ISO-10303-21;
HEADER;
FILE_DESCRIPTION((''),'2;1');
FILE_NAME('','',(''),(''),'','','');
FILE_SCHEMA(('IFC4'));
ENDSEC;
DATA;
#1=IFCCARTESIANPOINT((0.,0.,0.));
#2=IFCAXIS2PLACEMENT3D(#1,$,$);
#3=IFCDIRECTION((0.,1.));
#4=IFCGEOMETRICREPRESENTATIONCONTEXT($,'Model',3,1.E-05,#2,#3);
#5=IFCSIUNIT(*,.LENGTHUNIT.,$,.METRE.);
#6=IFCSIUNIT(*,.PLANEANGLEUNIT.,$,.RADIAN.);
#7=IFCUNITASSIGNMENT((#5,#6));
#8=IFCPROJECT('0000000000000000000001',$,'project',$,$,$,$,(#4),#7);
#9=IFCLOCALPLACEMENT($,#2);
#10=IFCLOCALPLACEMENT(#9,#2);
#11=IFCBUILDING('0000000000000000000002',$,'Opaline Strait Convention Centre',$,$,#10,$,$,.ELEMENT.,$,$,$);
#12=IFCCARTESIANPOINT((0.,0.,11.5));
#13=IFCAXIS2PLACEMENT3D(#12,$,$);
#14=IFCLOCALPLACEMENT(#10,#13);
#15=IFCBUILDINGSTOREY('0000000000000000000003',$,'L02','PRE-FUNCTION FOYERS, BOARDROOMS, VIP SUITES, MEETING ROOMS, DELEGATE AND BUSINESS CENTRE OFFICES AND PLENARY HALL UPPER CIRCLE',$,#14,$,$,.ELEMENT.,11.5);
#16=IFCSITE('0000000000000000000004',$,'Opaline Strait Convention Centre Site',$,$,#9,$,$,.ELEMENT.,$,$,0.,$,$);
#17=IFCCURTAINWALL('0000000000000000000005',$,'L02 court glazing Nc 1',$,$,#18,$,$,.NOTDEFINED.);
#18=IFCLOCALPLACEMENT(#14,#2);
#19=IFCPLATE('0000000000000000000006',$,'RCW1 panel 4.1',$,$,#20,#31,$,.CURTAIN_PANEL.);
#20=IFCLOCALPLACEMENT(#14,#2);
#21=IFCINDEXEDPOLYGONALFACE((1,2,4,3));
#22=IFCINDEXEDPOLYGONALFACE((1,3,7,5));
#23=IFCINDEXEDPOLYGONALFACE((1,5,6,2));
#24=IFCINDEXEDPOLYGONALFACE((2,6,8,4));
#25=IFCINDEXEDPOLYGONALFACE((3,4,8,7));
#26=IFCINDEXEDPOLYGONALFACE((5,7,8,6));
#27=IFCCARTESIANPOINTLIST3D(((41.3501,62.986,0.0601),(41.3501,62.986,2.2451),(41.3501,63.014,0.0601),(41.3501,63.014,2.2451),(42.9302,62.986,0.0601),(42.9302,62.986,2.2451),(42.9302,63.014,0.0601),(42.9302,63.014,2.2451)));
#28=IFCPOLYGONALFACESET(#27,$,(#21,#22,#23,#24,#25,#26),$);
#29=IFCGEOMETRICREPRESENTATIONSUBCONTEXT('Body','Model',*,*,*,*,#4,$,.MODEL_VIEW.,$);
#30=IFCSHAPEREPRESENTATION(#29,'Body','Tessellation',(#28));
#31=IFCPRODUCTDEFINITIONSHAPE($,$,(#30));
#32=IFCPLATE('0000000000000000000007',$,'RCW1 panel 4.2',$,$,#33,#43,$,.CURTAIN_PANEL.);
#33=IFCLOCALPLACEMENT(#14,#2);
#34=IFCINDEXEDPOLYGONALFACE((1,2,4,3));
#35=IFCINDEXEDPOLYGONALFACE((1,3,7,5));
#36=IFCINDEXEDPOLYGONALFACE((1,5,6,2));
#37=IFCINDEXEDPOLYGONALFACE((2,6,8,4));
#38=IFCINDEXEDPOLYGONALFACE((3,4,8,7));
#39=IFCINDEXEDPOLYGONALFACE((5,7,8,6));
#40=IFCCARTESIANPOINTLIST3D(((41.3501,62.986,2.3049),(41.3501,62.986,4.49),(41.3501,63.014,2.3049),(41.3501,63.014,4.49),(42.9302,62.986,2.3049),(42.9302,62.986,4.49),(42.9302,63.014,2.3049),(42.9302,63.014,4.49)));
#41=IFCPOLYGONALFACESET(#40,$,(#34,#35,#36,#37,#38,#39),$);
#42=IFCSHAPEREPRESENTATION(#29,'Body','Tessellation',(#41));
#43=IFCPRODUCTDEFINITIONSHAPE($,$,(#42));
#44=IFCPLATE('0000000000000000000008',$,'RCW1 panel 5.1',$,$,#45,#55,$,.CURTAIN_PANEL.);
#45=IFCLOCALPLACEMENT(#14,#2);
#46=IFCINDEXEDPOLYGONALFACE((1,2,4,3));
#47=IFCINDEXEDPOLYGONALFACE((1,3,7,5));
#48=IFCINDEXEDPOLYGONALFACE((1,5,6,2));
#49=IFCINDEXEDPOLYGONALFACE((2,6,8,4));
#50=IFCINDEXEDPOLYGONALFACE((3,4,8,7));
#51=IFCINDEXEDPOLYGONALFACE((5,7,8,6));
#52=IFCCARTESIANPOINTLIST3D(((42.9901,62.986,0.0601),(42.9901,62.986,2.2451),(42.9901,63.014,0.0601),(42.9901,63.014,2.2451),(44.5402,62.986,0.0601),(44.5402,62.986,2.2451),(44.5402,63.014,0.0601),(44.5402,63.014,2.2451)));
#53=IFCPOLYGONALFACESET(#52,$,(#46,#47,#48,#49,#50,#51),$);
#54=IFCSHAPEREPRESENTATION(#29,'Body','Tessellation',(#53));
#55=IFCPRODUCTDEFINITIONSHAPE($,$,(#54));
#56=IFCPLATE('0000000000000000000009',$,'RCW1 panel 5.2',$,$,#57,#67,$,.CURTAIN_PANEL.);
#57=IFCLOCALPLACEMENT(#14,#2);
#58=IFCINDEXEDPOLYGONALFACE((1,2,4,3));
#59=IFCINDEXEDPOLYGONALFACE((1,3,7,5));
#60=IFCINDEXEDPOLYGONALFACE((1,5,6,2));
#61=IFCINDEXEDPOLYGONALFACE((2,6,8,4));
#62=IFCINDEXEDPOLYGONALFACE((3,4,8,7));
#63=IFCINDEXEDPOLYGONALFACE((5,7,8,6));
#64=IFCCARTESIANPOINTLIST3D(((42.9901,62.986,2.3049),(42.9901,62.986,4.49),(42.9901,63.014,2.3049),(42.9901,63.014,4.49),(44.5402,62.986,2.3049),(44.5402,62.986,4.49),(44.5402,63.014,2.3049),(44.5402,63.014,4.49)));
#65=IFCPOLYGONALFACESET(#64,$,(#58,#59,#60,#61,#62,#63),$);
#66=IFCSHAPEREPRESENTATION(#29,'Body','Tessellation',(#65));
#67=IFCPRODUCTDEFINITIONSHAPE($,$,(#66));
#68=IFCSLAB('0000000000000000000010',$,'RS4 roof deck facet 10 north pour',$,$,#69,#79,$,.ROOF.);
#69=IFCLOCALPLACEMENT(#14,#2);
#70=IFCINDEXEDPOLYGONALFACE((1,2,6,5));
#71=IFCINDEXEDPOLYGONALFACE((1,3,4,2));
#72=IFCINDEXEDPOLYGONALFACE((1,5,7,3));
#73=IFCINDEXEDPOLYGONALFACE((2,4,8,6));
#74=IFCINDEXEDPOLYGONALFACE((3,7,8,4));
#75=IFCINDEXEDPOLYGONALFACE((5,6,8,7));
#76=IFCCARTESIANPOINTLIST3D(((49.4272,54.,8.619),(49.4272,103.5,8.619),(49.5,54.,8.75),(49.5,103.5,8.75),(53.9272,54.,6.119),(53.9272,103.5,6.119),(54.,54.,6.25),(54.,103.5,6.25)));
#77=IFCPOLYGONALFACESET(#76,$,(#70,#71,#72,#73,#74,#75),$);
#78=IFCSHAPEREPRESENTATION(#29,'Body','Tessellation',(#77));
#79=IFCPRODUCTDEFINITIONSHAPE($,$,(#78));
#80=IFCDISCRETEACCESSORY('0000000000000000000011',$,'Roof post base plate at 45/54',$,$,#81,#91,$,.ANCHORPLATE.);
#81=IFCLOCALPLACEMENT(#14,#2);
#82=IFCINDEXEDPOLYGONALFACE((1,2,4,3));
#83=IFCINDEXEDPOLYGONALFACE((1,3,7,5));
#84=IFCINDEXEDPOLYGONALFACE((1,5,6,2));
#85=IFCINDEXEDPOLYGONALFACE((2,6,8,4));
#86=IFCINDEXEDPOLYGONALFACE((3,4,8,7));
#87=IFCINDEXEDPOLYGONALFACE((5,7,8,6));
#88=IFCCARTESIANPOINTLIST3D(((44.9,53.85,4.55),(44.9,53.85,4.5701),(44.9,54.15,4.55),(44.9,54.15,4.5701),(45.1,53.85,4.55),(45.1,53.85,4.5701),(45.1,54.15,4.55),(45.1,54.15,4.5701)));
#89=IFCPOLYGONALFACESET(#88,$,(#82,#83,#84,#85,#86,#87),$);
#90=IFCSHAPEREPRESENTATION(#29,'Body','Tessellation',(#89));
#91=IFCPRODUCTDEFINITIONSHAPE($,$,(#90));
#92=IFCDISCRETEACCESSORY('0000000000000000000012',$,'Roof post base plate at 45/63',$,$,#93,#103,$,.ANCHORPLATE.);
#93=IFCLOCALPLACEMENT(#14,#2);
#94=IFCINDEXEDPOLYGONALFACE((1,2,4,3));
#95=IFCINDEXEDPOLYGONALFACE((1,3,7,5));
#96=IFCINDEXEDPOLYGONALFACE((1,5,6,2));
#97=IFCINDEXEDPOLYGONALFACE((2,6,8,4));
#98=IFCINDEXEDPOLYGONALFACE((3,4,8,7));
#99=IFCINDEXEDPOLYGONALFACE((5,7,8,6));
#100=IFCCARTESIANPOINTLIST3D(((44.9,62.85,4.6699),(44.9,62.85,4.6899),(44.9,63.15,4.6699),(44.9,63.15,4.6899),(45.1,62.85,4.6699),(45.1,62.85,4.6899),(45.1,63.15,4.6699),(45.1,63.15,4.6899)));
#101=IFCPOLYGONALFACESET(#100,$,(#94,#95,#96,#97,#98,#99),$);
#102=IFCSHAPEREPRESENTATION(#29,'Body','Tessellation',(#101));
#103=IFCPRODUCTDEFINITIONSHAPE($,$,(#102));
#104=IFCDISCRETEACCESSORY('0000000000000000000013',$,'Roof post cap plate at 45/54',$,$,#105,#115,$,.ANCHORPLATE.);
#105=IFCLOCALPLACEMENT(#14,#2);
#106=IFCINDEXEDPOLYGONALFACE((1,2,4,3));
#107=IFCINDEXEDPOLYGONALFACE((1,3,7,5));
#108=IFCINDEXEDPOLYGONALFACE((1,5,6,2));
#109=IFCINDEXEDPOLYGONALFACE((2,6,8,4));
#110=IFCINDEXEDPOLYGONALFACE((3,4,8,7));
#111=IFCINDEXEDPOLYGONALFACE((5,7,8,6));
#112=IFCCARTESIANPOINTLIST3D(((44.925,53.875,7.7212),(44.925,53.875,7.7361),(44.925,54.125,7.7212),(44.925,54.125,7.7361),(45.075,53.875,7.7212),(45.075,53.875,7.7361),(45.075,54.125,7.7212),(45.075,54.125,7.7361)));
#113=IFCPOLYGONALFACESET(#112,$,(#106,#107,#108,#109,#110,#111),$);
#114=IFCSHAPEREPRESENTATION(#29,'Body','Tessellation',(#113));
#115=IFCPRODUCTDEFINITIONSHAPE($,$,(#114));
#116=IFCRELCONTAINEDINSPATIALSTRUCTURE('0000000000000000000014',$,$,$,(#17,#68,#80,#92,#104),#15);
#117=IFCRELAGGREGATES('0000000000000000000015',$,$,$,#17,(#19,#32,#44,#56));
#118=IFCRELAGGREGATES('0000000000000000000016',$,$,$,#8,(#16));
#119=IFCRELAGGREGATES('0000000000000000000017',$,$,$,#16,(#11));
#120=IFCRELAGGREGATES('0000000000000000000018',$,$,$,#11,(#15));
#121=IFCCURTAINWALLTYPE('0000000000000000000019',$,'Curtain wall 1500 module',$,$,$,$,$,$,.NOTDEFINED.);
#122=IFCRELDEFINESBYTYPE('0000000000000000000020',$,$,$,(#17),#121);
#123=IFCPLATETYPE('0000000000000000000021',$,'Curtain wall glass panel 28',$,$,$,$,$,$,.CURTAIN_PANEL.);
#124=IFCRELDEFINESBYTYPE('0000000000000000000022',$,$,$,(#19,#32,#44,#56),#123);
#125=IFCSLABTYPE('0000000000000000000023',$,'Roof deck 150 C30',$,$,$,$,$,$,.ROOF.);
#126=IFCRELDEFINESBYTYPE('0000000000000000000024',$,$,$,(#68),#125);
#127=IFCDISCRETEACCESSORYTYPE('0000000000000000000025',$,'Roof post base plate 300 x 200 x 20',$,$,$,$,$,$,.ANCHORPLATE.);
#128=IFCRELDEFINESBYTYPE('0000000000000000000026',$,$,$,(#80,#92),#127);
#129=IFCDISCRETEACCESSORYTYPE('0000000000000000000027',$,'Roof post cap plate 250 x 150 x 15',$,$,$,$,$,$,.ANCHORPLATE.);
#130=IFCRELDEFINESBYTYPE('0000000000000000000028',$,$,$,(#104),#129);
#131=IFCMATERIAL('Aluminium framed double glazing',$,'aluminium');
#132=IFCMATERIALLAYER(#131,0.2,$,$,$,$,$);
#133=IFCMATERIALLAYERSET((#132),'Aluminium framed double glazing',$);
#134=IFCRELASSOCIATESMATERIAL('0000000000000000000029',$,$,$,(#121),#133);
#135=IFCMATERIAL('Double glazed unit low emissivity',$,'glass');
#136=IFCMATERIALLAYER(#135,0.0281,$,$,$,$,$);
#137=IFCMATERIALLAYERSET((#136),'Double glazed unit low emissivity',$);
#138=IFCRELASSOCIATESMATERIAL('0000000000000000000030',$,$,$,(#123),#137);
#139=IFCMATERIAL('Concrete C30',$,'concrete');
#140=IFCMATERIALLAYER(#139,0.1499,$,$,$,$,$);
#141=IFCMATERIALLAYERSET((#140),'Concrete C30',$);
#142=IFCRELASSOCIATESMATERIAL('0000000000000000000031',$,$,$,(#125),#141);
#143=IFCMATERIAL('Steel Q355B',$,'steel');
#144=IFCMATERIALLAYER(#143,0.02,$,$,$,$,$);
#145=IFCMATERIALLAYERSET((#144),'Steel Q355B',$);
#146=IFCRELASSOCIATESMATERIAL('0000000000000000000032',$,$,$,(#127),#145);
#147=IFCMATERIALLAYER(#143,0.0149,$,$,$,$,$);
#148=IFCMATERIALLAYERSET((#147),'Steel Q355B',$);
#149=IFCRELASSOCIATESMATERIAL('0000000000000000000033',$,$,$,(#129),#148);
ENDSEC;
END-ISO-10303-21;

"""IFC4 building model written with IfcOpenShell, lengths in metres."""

from ifc_helpers import new_model, si_unit, direction, frame, origin, origin_2d, place, context, subcontext, project, spatial, polyline, rectangle, outline, extrude, material, layer, layer_set, type_object, element, aggregate, save


model = new_model("IFC4")

# Units and contexts
model_context = context("Model", 3, precision=1e-05, world=origin(), true_north=direction((0.0, 1.0)))
body_context = subcontext(model_context, "Body", "Model", "MODEL_VIEW")
ifc_project = project(units=[si_unit("LENGTHUNIT", "METRE"), si_unit("PLANEANGLEUNIT", "RADIAN")], contexts=[model_context])

# Site, building, storey
site_placement = place(None, origin())
site = spatial("IfcSite", under=ifc_project, at=site_placement, Name="Opaline Strait Convention Centre Site", CompositionType="ELEMENT", RefElevation=0.0)
building_placement = place(site_placement, origin())
building = spatial("IfcBuilding", under=site, at=building_placement, Name="Opaline Strait Convention Centre", CompositionType="ELEMENT")
storey_placement = place(building_placement, frame((0.0, 0.0, 11.5)))
storey = spatial("IfcBuildingStorey", under=building, at=storey_placement, Name="L02", Description="PRE-FUNCTION FOYERS, BOARDROOMS, VIP SUITES, MEETING ROOMS, DELEGATE AND BUSINESS CENTRE OFFICES AND PLENARY HALL UPPER CIRCLE", CompositionType="ELEMENT", Elevation=11.5)

# Shared definitions
ifc_material_1 = material(Name="Steel Q355B", Category="steel")

# Curtain wall
ifc_material_2 = material(Name="Aluminium framed double glazing", Category="aluminium")
ifc_layer_1 = layer(ifc_material_2, 0.2)
ifc_layer_set_1 = layer_set([ifc_layer_1], Name="Aluminium framed double glazing")
curtain_wall_type = type_object("IfcCurtainWallType", Name="Curtain wall 1500 module", PredefinedType="NOTDEFINED", material=ifc_layer_set_1)
curtain_wall_placement = place(storey_placement, origin())
curtain_wall = element("IfcCurtainWall", 1, at=curtain_wall_placement, inside=storey, type_object=curtain_wall_type, Name="L02 court glazing Nc 1", PredefinedType="NOTDEFINED")

# Plates
ifc_material_3 = material(Name="Double glazed unit low emissivity", Category="glass")
ifc_layer_2 = layer(ifc_material_3, 0.0281)
ifc_layer_set_2 = layer_set([ifc_layer_2], Name="Double glazed unit low emissivity")
plate_type = type_object("IfcPlateType", Name="Curtain wall glass panel 28", PredefinedType="CURTAIN_PANEL", material=ifc_layer_set_2)
plate_1_placement = place(storey_placement, frame((42.1401, 63.0, 0.0601), z_axis=(0.0, 0.0, 1.0), x_axis=(1.0, 0.0, 0.0)))
plate_1 = element("IfcPlate", 2, at=plate_1_placement, type_object=plate_type, Name="RCW1 panel 4.1", PredefinedType="CURTAIN_PANEL", context=body_context, shape_type="SweptSolid", body=[
    extrude(rectangle(XDim=1.5801, YDim=0.0281, at=origin_2d()), origin(), (0.0, 0.0, 1.0), 2.1851),
])
plate_2_placement = place(storey_placement, frame((42.1401, 63.0, 2.3049), z_axis=(0.0, 0.0, 1.0), x_axis=(1.0, 0.0, 0.0)))
plate_2 = element("IfcPlate", 3, at=plate_2_placement, type_object=plate_type, Name="RCW1 panel 4.2", PredefinedType="CURTAIN_PANEL", context=body_context, shape_type="SweptSolid", body=[
    extrude(rectangle(XDim=1.5801, YDim=0.0281, at=origin_2d()), origin(), (0.0, 0.0, 1.0), 2.1851),
])
plate_3_placement = place(storey_placement, frame((43.7651, 63.0, 0.0601), z_axis=(0.0, 0.0, 1.0), x_axis=(1.0, 0.0, 0.0)))
plate_3 = element("IfcPlate", 4, at=plate_3_placement, type_object=plate_type, Name="RCW1 panel 5.1", PredefinedType="CURTAIN_PANEL", context=body_context, shape_type="SweptSolid", body=[
    extrude(rectangle(XDim=1.55, YDim=0.0281, at=origin_2d()), origin(), (0.0, 0.0, 1.0), 2.1851),
])
plate_4_placement = place(storey_placement, frame((43.7651, 63.0, 2.3049), z_axis=(0.0, 0.0, 1.0), x_axis=(1.0, 0.0, 0.0)))
plate_4 = element("IfcPlate", 5, at=plate_4_placement, type_object=plate_type, Name="RCW1 panel 5.2", PredefinedType="CURTAIN_PANEL", context=body_context, shape_type="SweptSolid", body=[
    extrude(rectangle(XDim=1.55, YDim=0.0281, at=origin_2d()), origin(), (0.0, 0.0, 1.0), 2.1851),
])
aggregate(curtain_wall, [plate_1, plate_2, plate_3, plate_4])

# Slab
ifc_material_4 = material(Name="Concrete C30", Category="concrete")
ifc_layer_3 = layer(ifc_material_4, 0.1499)
ifc_layer_set_3 = layer_set([ifc_layer_3], Name="Concrete C30")
slab_type = type_object("IfcSlabType", Name="Roof deck 150 C30", PredefinedType="ROOF", material=ifc_layer_set_3)
slab_placement = place(storey_placement, frame((49.5, 54.0, 8.75), z_axis=(0.485643, 0.0, 0.874157), x_axis=(0.874157, 0.0, -0.485643)))
element("IfcSlab", 6, at=slab_placement, inside=storey, type_object=slab_type, Name="RS4 roof deck facet 10 north pour", PredefinedType="ROOF", context=body_context, shape_type="SweptSolid", body=[
    extrude(outline(polyline([(0.0, 0.0), (5.1478, 0.0), (5.1478, 49.5), (0.0, 49.5), (0.0, 0.0)])), origin(), (0.0, 0.0, -1.0), 0.1499),
])

# Discrete accessories
ifc_layer_4 = layer(ifc_material_1, 0.02)
ifc_layer_set_4 = layer_set([ifc_layer_4], Name="Steel Q355B")
discrete_accessory_type_1 = type_object("IfcDiscreteAccessoryType", Name="Roof post base plate 300 x 200 x 20", PredefinedType="ANCHORPLATE", material=ifc_layer_set_4)
for number, where, z_axis, x_axis, name in (
    (7, (45.0, 54.0, 4.55), (0.0, 0.0, 1.0), (1.0, 0.0, 0.0), "Roof post base plate at 45/54"),
    (8, (45.0, 63.0, 4.6699), (0.0, 0.0, 1.0), (1.0, 0.0, 0.0), "Roof post base plate at 45/63"),
):
    element("IfcDiscreteAccessory", number, at=place(storey_placement, frame(where, z_axis=z_axis, x_axis=x_axis)), inside=storey, type_object=discrete_accessory_type_1, Name=name, PredefinedType="ANCHORPLATE", context=body_context, shape_type="SweptSolid", body=[
        extrude(rectangle(XDim=0.2, YDim=0.3, at=origin_2d()), origin(), (0.0, 0.0, 1.0), 0.02),
    ])
ifc_layer_5 = layer(ifc_material_1, 0.0149)
ifc_layer_set_5 = layer_set([ifc_layer_5], Name="Steel Q355B")
discrete_accessory_type_2 = type_object("IfcDiscreteAccessoryType", Name="Roof post cap plate 250 x 150 x 15", PredefinedType="ANCHORPLATE", material=ifc_layer_set_5)
discrete_accessory_placement = place(storey_placement, frame((45.0, 54.0, 7.7212), z_axis=(0.0, 0.0, 1.0), x_axis=(1.0, 0.0, 0.0)))
element("IfcDiscreteAccessory", 9, at=discrete_accessory_placement, inside=storey, type_object=discrete_accessory_type_2, Name="Roof post cap plate at 45/54", PredefinedType="ANCHORPLATE", context=body_context, shape_type="SweptSolid", body=[
    extrude(rectangle(XDim=0.1499, YDim=0.25, at=origin_2d()), origin(), (0.0, 0.0, 1.0), 0.0149),
])

save(model, "model.ifc")
